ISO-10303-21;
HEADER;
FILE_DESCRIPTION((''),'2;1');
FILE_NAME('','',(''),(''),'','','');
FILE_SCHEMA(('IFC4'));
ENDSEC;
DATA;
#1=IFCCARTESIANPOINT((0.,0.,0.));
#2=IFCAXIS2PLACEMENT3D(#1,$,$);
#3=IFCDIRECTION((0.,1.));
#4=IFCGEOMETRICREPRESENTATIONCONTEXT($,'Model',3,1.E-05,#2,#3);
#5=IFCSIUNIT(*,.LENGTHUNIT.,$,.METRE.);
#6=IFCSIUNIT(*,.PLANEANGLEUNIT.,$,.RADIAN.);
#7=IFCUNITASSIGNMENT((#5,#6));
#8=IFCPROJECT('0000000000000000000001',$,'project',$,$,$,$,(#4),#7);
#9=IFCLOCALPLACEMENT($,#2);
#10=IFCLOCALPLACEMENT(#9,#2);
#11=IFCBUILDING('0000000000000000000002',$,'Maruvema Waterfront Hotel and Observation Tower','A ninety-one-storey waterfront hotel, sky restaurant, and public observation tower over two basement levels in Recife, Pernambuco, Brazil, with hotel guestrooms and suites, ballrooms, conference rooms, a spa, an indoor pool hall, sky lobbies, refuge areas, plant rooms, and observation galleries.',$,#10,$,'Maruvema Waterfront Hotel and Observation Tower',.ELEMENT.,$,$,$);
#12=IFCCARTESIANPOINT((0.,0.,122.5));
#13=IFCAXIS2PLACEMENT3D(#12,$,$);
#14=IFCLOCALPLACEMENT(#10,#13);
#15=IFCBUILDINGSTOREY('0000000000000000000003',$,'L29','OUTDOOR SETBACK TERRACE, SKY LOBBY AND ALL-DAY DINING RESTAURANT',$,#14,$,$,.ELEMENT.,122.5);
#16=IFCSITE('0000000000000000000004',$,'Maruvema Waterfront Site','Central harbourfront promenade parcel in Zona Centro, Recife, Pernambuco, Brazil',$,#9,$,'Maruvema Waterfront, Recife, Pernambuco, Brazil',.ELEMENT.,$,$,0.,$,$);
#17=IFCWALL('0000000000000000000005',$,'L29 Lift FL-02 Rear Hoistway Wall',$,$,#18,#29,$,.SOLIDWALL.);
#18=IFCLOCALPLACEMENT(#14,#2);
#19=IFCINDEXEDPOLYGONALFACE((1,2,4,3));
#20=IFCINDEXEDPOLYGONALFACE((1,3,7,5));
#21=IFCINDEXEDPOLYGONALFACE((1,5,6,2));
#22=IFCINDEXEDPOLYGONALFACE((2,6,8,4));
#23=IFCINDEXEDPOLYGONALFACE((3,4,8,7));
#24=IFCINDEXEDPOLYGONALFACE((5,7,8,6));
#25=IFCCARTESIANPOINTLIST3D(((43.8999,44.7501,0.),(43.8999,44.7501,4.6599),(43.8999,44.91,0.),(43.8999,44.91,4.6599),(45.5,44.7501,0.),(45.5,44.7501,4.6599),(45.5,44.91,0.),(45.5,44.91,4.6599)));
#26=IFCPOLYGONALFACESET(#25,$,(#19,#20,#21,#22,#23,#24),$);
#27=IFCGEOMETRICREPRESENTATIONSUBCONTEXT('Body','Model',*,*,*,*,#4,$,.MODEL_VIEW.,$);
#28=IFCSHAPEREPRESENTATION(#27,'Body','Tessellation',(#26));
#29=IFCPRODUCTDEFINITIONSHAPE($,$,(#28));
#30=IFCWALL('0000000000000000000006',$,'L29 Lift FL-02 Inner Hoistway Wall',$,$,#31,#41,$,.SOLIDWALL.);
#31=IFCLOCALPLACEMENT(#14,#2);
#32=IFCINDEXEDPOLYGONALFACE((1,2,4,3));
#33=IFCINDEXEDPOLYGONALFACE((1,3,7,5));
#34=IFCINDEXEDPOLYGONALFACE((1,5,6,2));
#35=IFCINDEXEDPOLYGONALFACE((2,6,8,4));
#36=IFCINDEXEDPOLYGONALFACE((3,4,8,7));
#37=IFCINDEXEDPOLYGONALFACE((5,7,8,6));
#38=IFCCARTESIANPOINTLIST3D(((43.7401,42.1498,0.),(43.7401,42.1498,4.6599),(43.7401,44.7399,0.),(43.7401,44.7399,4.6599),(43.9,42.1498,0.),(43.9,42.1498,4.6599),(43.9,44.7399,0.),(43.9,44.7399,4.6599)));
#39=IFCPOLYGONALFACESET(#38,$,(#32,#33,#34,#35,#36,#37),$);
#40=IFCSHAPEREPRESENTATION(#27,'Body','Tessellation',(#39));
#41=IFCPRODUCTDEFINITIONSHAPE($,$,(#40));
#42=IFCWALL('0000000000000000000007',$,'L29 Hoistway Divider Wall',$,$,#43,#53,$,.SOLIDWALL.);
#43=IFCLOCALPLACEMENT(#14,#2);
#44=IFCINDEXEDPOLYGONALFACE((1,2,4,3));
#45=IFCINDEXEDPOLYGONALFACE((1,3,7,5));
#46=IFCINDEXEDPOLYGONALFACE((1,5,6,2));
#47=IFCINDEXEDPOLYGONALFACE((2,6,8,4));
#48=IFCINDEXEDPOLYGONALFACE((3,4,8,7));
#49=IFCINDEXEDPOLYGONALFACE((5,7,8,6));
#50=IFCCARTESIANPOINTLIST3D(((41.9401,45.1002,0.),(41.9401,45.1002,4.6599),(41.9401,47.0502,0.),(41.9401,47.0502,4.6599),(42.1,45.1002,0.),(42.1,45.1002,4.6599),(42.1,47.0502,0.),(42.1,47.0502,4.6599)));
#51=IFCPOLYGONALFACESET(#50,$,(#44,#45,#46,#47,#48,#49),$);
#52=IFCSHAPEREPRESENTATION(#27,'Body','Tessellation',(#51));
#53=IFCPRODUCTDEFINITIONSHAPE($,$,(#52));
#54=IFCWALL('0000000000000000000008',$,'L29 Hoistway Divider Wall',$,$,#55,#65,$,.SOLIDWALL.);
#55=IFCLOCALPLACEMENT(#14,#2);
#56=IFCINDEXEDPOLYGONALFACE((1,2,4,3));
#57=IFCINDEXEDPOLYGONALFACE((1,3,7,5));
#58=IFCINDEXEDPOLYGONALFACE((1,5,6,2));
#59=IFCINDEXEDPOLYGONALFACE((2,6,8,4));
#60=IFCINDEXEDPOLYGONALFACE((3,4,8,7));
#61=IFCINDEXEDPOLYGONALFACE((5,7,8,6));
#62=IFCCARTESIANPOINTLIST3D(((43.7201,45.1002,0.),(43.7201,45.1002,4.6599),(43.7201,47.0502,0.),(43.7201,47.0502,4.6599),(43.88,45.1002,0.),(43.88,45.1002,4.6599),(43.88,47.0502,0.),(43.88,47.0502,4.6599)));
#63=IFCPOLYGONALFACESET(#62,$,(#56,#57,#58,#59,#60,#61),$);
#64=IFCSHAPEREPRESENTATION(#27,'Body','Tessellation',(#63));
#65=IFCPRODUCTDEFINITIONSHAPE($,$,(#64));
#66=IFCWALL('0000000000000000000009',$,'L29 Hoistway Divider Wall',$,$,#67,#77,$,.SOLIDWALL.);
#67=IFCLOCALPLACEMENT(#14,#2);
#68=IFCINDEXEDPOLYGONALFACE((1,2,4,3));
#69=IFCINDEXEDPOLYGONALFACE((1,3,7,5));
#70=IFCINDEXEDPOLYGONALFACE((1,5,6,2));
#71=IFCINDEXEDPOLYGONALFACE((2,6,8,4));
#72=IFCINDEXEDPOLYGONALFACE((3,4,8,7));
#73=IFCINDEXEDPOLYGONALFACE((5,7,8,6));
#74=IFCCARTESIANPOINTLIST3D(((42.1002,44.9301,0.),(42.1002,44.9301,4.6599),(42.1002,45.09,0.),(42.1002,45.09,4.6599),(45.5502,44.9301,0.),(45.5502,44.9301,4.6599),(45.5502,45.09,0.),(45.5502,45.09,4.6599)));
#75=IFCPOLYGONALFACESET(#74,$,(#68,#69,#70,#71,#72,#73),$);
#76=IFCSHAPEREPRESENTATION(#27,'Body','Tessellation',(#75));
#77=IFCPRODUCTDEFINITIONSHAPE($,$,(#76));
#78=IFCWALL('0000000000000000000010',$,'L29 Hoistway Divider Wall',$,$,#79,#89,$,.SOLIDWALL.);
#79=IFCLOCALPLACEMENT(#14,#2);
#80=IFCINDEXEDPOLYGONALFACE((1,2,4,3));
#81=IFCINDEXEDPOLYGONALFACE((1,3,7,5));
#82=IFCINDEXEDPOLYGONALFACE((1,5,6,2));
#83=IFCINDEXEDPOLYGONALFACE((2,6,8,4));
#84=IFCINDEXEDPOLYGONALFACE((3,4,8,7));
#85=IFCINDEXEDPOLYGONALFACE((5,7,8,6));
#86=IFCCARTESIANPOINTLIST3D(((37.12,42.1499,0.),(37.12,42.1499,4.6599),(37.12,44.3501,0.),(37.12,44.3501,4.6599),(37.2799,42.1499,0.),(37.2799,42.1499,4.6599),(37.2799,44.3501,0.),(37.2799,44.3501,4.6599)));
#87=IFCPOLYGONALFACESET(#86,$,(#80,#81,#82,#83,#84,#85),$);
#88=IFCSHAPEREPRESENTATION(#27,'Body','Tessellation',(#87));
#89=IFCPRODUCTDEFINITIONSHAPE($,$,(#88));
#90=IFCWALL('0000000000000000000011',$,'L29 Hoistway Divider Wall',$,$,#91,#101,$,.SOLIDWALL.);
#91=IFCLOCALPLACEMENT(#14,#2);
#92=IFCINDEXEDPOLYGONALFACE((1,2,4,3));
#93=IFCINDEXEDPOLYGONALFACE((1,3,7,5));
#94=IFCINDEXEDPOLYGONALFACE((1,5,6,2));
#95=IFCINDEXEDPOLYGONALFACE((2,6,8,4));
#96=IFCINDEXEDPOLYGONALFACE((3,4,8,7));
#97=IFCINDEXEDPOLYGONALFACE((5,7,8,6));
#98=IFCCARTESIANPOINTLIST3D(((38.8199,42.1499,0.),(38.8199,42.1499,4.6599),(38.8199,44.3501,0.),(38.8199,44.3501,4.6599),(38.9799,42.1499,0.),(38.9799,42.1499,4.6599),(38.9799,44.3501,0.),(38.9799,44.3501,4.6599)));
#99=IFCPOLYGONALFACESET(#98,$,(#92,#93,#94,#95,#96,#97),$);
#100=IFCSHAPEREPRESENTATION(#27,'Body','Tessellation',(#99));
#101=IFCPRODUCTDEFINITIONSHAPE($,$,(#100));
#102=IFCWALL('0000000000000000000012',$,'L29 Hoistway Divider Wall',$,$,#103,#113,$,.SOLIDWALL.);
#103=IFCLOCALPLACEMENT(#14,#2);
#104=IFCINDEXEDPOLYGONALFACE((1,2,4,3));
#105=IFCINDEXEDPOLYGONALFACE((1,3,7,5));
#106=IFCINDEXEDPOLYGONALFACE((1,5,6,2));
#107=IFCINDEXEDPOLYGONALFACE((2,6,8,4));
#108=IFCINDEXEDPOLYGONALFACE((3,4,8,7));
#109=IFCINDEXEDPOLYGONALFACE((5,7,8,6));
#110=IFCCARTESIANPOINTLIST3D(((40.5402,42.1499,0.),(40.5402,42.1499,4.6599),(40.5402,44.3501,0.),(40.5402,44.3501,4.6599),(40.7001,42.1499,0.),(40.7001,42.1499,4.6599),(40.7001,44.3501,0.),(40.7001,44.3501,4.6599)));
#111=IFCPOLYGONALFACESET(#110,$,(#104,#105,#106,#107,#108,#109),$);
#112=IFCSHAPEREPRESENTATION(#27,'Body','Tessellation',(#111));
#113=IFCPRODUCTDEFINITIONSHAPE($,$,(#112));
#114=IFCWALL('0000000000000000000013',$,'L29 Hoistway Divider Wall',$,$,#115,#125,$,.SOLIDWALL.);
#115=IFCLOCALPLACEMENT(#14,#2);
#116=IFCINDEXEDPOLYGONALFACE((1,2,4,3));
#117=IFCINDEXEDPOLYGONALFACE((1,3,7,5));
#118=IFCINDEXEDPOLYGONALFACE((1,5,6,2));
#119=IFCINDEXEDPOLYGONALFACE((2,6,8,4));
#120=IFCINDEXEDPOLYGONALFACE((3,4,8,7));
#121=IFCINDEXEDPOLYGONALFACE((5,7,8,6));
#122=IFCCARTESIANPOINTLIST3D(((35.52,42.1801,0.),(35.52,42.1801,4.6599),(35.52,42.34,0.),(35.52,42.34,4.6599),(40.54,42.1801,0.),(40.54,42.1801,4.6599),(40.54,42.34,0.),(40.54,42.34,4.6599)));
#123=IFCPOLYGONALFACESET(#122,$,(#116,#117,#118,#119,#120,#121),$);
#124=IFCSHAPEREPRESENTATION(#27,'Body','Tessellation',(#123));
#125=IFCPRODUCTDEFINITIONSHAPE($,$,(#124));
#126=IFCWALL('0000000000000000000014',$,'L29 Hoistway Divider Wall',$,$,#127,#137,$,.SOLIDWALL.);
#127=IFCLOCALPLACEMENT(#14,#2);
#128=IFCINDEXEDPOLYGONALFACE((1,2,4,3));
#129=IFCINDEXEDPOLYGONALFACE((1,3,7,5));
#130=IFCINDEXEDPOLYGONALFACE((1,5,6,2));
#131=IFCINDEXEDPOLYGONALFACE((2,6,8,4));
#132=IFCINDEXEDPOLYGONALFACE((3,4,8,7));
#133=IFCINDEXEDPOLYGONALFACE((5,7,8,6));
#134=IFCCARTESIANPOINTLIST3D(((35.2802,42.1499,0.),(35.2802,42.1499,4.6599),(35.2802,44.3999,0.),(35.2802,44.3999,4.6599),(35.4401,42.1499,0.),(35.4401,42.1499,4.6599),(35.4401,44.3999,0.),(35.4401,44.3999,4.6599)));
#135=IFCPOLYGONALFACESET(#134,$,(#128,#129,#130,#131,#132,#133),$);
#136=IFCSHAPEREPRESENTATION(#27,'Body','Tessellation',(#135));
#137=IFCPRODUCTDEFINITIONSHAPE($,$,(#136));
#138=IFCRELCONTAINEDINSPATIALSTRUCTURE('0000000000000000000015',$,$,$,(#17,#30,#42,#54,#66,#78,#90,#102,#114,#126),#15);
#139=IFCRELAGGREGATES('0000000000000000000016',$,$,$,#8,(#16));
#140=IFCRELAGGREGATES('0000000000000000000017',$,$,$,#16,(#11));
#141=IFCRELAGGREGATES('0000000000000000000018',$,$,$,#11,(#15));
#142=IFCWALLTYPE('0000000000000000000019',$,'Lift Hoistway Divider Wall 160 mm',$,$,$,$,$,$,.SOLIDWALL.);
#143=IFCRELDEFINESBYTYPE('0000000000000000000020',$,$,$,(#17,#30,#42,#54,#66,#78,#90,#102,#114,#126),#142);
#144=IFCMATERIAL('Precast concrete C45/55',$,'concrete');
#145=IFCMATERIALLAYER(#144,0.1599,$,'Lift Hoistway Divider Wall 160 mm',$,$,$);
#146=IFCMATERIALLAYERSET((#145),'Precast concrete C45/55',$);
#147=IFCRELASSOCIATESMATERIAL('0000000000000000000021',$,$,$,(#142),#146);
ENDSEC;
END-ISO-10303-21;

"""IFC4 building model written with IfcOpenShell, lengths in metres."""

from ifc_helpers import new_model, si_unit, direction, frame, frame_2d, origin, place, context, subcontext, project, spatial, rectangle, extrude, material, layer, layer_set, type_object, element, save


model = new_model("IFC4")

# Units and contexts
model_context = context("Model", 3, precision=1e-05, world=origin(), true_north=direction((0.0, 1.0)))
body_context = subcontext(model_context, "Body", "Model", "MODEL_VIEW")
ifc_project = project(units=[si_unit("LENGTHUNIT", "METRE"), si_unit("PLANEANGLEUNIT", "RADIAN")], contexts=[model_context])

# Site, building, storey
site_placement = place(None, origin())
site = spatial("IfcSite", under=ifc_project, at=site_placement, Name="Maruvema Waterfront Site", Description="Central harbourfront promenade parcel in Zona Centro, Recife, Pernambuco, Brazil", LongName="Maruvema Waterfront, Recife, Pernambuco, Brazil", CompositionType="ELEMENT", RefElevation=0.0)
building_placement = place(site_placement, origin())
building = spatial("IfcBuilding", under=site, at=building_placement, Name="Maruvema Waterfront Hotel and Observation Tower", Description="A ninety-one-storey waterfront hotel, sky restaurant, and public observation tower over two basement levels in Recife, Pernambuco, Brazil, with hotel guestrooms and suites, ballrooms, conference rooms, a spa, an indoor pool hall, sky lobbies, refuge areas, plant rooms, and observation galleries.", LongName="Maruvema Waterfront Hotel and Observation Tower", CompositionType="ELEMENT")
storey_placement = place(building_placement, frame((0.0, 0.0, 122.5)))
storey = spatial("IfcBuildingStorey", under=building, at=storey_placement, Name="L29", Description="OUTDOOR SETBACK TERRACE, SKY LOBBY AND ALL-DAY DINING RESTAURANT", CompositionType="ELEMENT", Elevation=122.5)

# Walls
ifc_material_1 = material(Name="Precast concrete C45/55", Category="concrete")
ifc_layer_1 = layer(ifc_material_1, 0.1599, Name="Lift Hoistway Divider Wall 160 mm")
ifc_layer_set_1 = layer_set([ifc_layer_1], Name="Precast concrete C45/55")
wall_type_1 = type_object("IfcWallType", Name="Lift Hoistway Divider Wall 160 mm", PredefinedType="SOLIDWALL", material=ifc_layer_set_1)
wall_1_placement = place(storey_placement, frame((43.8999, 44.8301, 0.0), z_axis=(0.0, 0.0, 1.0), x_axis=(1.0, 0.0, 0.0)))
element("IfcWall", 1, at=wall_1_placement, inside=storey, type_object=wall_type_1, Name="L29 Lift FL-02 Rear Hoistway Wall", PredefinedType="SOLIDWALL", context=body_context, shape_type="SweptSolid", body=[
    extrude(rectangle(XDim=1.6001, YDim=0.1599, at=frame_2d((0.8, 0.0))), origin(), (0.0, 0.0, 1.0), 4.6599),
])
wall_2_placement = place(storey_placement, frame((43.8201, 42.1499, 0.0), z_axis=(0.0, 0.0, 1.0), x_axis=(0.0, 1.0, 0.0)))
element("IfcWall", 2, at=wall_2_placement, inside=storey, type_object=wall_type_1, Name="L29 Lift FL-02 Inner Hoistway Wall", PredefinedType="SOLIDWALL", context=body_context, shape_type="SweptSolid", body=[
    extrude(rectangle(XDim=2.5901, YDim=0.1599, at=frame_2d((1.2949, 0.0))), origin(), (0.0, 0.0, 1.0), 4.6599),
])
for number, where, z_axis, x_axis, name in (
    (3, (42.02, 45.1001, 0.0), (0.0, 0.0, 1.0), (0.0, 1.0, 0.0), "L29 Hoistway Divider Wall"),
    (4, (43.8, 45.1001, 0.0), (0.0, 0.0, 1.0), (0.0, 1.0, 0.0), "L29 Hoistway Divider Wall"),
):
    element("IfcWall", number, at=place(storey_placement, frame(where, z_axis=z_axis, x_axis=x_axis)), inside=storey, type_object=wall_type_1, Name=name, PredefinedType="SOLIDWALL", context=body_context, shape_type="SweptSolid", body=[
        extrude(rectangle(XDim=1.95, YDim=0.1599, at=frame_2d((0.9751, 0.0))), origin(), (0.0, 0.0, 1.0), 4.6599),
    ])
wall_3_placement = place(storey_placement, frame((42.1001, 45.01, 0.0), z_axis=(0.0, 0.0, 1.0), x_axis=(1.0, 0.0, 0.0)))
element("IfcWall", 5, at=wall_3_placement, inside=storey, type_object=wall_type_1, Name="L29 Hoistway Divider Wall", PredefinedType="SOLIDWALL", context=body_context, shape_type="SweptSolid", body=[
    extrude(rectangle(XDim=3.45, YDim=0.1599, at=frame_2d((1.7251, 0.0))), origin(), (0.0, 0.0, 1.0), 4.6599),
])
for number, where, z_axis, x_axis, name in (
    (6, (37.2, 42.1499, 0.0), (0.0, 0.0, 1.0), (0.0, 1.0, 0.0), "L29 Hoistway Divider Wall"),
    (7, (38.8999, 42.1499, 0.0), (0.0, 0.0, 1.0), (0.0, 1.0, 0.0), "L29 Hoistway Divider Wall"),
    (8, (40.6201, 42.1499, 0.0), (0.0, 0.0, 1.0), (0.0, 1.0, 0.0), "L29 Hoistway Divider Wall"),
):
    element("IfcWall", number, at=place(storey_placement, frame(where, z_axis=z_axis, x_axis=x_axis)), inside=storey, type_object=wall_type_1, Name=name, PredefinedType="SOLIDWALL", context=body_context, shape_type="SweptSolid", body=[
        extrude(rectangle(XDim=2.2002, YDim=0.1599, at=frame_2d((1.1001, 0.0))), origin(), (0.0, 0.0, 1.0), 4.6599),
    ])
wall_4_placement = place(storey_placement, frame((35.52, 42.26, 0.0), z_axis=(0.0, 0.0, 1.0), x_axis=(1.0, 0.0, 0.0)))
element("IfcWall", 9, at=wall_4_placement, inside=storey, type_object=wall_type_1, Name="L29 Hoistway Divider Wall", PredefinedType="SOLIDWALL", context=body_context, shape_type="SweptSolid", body=[
    extrude(rectangle(XDim=5.02, YDim=0.1599, at=frame_2d((2.51, 0.0))), origin(), (0.0, 0.0, 1.0), 4.6599),
])
wall_5_placement = place(storey_placement, frame((35.3601, 42.1499, 0.0), z_axis=(0.0, 0.0, 1.0), x_axis=(0.0, 1.0, 0.0)))
element("IfcWall", 10, at=wall_5_placement, inside=storey, type_object=wall_type_1, Name="L29 Hoistway Divider Wall", PredefinedType="SOLIDWALL", context=body_context, shape_type="SweptSolid", body=[
    extrude(rectangle(XDim=2.25, YDim=0.1599, at=frame_2d((1.125, 0.0))), origin(), (0.0, 0.0, 1.0), 4.6599),
])

save(model, "model.ifc")
